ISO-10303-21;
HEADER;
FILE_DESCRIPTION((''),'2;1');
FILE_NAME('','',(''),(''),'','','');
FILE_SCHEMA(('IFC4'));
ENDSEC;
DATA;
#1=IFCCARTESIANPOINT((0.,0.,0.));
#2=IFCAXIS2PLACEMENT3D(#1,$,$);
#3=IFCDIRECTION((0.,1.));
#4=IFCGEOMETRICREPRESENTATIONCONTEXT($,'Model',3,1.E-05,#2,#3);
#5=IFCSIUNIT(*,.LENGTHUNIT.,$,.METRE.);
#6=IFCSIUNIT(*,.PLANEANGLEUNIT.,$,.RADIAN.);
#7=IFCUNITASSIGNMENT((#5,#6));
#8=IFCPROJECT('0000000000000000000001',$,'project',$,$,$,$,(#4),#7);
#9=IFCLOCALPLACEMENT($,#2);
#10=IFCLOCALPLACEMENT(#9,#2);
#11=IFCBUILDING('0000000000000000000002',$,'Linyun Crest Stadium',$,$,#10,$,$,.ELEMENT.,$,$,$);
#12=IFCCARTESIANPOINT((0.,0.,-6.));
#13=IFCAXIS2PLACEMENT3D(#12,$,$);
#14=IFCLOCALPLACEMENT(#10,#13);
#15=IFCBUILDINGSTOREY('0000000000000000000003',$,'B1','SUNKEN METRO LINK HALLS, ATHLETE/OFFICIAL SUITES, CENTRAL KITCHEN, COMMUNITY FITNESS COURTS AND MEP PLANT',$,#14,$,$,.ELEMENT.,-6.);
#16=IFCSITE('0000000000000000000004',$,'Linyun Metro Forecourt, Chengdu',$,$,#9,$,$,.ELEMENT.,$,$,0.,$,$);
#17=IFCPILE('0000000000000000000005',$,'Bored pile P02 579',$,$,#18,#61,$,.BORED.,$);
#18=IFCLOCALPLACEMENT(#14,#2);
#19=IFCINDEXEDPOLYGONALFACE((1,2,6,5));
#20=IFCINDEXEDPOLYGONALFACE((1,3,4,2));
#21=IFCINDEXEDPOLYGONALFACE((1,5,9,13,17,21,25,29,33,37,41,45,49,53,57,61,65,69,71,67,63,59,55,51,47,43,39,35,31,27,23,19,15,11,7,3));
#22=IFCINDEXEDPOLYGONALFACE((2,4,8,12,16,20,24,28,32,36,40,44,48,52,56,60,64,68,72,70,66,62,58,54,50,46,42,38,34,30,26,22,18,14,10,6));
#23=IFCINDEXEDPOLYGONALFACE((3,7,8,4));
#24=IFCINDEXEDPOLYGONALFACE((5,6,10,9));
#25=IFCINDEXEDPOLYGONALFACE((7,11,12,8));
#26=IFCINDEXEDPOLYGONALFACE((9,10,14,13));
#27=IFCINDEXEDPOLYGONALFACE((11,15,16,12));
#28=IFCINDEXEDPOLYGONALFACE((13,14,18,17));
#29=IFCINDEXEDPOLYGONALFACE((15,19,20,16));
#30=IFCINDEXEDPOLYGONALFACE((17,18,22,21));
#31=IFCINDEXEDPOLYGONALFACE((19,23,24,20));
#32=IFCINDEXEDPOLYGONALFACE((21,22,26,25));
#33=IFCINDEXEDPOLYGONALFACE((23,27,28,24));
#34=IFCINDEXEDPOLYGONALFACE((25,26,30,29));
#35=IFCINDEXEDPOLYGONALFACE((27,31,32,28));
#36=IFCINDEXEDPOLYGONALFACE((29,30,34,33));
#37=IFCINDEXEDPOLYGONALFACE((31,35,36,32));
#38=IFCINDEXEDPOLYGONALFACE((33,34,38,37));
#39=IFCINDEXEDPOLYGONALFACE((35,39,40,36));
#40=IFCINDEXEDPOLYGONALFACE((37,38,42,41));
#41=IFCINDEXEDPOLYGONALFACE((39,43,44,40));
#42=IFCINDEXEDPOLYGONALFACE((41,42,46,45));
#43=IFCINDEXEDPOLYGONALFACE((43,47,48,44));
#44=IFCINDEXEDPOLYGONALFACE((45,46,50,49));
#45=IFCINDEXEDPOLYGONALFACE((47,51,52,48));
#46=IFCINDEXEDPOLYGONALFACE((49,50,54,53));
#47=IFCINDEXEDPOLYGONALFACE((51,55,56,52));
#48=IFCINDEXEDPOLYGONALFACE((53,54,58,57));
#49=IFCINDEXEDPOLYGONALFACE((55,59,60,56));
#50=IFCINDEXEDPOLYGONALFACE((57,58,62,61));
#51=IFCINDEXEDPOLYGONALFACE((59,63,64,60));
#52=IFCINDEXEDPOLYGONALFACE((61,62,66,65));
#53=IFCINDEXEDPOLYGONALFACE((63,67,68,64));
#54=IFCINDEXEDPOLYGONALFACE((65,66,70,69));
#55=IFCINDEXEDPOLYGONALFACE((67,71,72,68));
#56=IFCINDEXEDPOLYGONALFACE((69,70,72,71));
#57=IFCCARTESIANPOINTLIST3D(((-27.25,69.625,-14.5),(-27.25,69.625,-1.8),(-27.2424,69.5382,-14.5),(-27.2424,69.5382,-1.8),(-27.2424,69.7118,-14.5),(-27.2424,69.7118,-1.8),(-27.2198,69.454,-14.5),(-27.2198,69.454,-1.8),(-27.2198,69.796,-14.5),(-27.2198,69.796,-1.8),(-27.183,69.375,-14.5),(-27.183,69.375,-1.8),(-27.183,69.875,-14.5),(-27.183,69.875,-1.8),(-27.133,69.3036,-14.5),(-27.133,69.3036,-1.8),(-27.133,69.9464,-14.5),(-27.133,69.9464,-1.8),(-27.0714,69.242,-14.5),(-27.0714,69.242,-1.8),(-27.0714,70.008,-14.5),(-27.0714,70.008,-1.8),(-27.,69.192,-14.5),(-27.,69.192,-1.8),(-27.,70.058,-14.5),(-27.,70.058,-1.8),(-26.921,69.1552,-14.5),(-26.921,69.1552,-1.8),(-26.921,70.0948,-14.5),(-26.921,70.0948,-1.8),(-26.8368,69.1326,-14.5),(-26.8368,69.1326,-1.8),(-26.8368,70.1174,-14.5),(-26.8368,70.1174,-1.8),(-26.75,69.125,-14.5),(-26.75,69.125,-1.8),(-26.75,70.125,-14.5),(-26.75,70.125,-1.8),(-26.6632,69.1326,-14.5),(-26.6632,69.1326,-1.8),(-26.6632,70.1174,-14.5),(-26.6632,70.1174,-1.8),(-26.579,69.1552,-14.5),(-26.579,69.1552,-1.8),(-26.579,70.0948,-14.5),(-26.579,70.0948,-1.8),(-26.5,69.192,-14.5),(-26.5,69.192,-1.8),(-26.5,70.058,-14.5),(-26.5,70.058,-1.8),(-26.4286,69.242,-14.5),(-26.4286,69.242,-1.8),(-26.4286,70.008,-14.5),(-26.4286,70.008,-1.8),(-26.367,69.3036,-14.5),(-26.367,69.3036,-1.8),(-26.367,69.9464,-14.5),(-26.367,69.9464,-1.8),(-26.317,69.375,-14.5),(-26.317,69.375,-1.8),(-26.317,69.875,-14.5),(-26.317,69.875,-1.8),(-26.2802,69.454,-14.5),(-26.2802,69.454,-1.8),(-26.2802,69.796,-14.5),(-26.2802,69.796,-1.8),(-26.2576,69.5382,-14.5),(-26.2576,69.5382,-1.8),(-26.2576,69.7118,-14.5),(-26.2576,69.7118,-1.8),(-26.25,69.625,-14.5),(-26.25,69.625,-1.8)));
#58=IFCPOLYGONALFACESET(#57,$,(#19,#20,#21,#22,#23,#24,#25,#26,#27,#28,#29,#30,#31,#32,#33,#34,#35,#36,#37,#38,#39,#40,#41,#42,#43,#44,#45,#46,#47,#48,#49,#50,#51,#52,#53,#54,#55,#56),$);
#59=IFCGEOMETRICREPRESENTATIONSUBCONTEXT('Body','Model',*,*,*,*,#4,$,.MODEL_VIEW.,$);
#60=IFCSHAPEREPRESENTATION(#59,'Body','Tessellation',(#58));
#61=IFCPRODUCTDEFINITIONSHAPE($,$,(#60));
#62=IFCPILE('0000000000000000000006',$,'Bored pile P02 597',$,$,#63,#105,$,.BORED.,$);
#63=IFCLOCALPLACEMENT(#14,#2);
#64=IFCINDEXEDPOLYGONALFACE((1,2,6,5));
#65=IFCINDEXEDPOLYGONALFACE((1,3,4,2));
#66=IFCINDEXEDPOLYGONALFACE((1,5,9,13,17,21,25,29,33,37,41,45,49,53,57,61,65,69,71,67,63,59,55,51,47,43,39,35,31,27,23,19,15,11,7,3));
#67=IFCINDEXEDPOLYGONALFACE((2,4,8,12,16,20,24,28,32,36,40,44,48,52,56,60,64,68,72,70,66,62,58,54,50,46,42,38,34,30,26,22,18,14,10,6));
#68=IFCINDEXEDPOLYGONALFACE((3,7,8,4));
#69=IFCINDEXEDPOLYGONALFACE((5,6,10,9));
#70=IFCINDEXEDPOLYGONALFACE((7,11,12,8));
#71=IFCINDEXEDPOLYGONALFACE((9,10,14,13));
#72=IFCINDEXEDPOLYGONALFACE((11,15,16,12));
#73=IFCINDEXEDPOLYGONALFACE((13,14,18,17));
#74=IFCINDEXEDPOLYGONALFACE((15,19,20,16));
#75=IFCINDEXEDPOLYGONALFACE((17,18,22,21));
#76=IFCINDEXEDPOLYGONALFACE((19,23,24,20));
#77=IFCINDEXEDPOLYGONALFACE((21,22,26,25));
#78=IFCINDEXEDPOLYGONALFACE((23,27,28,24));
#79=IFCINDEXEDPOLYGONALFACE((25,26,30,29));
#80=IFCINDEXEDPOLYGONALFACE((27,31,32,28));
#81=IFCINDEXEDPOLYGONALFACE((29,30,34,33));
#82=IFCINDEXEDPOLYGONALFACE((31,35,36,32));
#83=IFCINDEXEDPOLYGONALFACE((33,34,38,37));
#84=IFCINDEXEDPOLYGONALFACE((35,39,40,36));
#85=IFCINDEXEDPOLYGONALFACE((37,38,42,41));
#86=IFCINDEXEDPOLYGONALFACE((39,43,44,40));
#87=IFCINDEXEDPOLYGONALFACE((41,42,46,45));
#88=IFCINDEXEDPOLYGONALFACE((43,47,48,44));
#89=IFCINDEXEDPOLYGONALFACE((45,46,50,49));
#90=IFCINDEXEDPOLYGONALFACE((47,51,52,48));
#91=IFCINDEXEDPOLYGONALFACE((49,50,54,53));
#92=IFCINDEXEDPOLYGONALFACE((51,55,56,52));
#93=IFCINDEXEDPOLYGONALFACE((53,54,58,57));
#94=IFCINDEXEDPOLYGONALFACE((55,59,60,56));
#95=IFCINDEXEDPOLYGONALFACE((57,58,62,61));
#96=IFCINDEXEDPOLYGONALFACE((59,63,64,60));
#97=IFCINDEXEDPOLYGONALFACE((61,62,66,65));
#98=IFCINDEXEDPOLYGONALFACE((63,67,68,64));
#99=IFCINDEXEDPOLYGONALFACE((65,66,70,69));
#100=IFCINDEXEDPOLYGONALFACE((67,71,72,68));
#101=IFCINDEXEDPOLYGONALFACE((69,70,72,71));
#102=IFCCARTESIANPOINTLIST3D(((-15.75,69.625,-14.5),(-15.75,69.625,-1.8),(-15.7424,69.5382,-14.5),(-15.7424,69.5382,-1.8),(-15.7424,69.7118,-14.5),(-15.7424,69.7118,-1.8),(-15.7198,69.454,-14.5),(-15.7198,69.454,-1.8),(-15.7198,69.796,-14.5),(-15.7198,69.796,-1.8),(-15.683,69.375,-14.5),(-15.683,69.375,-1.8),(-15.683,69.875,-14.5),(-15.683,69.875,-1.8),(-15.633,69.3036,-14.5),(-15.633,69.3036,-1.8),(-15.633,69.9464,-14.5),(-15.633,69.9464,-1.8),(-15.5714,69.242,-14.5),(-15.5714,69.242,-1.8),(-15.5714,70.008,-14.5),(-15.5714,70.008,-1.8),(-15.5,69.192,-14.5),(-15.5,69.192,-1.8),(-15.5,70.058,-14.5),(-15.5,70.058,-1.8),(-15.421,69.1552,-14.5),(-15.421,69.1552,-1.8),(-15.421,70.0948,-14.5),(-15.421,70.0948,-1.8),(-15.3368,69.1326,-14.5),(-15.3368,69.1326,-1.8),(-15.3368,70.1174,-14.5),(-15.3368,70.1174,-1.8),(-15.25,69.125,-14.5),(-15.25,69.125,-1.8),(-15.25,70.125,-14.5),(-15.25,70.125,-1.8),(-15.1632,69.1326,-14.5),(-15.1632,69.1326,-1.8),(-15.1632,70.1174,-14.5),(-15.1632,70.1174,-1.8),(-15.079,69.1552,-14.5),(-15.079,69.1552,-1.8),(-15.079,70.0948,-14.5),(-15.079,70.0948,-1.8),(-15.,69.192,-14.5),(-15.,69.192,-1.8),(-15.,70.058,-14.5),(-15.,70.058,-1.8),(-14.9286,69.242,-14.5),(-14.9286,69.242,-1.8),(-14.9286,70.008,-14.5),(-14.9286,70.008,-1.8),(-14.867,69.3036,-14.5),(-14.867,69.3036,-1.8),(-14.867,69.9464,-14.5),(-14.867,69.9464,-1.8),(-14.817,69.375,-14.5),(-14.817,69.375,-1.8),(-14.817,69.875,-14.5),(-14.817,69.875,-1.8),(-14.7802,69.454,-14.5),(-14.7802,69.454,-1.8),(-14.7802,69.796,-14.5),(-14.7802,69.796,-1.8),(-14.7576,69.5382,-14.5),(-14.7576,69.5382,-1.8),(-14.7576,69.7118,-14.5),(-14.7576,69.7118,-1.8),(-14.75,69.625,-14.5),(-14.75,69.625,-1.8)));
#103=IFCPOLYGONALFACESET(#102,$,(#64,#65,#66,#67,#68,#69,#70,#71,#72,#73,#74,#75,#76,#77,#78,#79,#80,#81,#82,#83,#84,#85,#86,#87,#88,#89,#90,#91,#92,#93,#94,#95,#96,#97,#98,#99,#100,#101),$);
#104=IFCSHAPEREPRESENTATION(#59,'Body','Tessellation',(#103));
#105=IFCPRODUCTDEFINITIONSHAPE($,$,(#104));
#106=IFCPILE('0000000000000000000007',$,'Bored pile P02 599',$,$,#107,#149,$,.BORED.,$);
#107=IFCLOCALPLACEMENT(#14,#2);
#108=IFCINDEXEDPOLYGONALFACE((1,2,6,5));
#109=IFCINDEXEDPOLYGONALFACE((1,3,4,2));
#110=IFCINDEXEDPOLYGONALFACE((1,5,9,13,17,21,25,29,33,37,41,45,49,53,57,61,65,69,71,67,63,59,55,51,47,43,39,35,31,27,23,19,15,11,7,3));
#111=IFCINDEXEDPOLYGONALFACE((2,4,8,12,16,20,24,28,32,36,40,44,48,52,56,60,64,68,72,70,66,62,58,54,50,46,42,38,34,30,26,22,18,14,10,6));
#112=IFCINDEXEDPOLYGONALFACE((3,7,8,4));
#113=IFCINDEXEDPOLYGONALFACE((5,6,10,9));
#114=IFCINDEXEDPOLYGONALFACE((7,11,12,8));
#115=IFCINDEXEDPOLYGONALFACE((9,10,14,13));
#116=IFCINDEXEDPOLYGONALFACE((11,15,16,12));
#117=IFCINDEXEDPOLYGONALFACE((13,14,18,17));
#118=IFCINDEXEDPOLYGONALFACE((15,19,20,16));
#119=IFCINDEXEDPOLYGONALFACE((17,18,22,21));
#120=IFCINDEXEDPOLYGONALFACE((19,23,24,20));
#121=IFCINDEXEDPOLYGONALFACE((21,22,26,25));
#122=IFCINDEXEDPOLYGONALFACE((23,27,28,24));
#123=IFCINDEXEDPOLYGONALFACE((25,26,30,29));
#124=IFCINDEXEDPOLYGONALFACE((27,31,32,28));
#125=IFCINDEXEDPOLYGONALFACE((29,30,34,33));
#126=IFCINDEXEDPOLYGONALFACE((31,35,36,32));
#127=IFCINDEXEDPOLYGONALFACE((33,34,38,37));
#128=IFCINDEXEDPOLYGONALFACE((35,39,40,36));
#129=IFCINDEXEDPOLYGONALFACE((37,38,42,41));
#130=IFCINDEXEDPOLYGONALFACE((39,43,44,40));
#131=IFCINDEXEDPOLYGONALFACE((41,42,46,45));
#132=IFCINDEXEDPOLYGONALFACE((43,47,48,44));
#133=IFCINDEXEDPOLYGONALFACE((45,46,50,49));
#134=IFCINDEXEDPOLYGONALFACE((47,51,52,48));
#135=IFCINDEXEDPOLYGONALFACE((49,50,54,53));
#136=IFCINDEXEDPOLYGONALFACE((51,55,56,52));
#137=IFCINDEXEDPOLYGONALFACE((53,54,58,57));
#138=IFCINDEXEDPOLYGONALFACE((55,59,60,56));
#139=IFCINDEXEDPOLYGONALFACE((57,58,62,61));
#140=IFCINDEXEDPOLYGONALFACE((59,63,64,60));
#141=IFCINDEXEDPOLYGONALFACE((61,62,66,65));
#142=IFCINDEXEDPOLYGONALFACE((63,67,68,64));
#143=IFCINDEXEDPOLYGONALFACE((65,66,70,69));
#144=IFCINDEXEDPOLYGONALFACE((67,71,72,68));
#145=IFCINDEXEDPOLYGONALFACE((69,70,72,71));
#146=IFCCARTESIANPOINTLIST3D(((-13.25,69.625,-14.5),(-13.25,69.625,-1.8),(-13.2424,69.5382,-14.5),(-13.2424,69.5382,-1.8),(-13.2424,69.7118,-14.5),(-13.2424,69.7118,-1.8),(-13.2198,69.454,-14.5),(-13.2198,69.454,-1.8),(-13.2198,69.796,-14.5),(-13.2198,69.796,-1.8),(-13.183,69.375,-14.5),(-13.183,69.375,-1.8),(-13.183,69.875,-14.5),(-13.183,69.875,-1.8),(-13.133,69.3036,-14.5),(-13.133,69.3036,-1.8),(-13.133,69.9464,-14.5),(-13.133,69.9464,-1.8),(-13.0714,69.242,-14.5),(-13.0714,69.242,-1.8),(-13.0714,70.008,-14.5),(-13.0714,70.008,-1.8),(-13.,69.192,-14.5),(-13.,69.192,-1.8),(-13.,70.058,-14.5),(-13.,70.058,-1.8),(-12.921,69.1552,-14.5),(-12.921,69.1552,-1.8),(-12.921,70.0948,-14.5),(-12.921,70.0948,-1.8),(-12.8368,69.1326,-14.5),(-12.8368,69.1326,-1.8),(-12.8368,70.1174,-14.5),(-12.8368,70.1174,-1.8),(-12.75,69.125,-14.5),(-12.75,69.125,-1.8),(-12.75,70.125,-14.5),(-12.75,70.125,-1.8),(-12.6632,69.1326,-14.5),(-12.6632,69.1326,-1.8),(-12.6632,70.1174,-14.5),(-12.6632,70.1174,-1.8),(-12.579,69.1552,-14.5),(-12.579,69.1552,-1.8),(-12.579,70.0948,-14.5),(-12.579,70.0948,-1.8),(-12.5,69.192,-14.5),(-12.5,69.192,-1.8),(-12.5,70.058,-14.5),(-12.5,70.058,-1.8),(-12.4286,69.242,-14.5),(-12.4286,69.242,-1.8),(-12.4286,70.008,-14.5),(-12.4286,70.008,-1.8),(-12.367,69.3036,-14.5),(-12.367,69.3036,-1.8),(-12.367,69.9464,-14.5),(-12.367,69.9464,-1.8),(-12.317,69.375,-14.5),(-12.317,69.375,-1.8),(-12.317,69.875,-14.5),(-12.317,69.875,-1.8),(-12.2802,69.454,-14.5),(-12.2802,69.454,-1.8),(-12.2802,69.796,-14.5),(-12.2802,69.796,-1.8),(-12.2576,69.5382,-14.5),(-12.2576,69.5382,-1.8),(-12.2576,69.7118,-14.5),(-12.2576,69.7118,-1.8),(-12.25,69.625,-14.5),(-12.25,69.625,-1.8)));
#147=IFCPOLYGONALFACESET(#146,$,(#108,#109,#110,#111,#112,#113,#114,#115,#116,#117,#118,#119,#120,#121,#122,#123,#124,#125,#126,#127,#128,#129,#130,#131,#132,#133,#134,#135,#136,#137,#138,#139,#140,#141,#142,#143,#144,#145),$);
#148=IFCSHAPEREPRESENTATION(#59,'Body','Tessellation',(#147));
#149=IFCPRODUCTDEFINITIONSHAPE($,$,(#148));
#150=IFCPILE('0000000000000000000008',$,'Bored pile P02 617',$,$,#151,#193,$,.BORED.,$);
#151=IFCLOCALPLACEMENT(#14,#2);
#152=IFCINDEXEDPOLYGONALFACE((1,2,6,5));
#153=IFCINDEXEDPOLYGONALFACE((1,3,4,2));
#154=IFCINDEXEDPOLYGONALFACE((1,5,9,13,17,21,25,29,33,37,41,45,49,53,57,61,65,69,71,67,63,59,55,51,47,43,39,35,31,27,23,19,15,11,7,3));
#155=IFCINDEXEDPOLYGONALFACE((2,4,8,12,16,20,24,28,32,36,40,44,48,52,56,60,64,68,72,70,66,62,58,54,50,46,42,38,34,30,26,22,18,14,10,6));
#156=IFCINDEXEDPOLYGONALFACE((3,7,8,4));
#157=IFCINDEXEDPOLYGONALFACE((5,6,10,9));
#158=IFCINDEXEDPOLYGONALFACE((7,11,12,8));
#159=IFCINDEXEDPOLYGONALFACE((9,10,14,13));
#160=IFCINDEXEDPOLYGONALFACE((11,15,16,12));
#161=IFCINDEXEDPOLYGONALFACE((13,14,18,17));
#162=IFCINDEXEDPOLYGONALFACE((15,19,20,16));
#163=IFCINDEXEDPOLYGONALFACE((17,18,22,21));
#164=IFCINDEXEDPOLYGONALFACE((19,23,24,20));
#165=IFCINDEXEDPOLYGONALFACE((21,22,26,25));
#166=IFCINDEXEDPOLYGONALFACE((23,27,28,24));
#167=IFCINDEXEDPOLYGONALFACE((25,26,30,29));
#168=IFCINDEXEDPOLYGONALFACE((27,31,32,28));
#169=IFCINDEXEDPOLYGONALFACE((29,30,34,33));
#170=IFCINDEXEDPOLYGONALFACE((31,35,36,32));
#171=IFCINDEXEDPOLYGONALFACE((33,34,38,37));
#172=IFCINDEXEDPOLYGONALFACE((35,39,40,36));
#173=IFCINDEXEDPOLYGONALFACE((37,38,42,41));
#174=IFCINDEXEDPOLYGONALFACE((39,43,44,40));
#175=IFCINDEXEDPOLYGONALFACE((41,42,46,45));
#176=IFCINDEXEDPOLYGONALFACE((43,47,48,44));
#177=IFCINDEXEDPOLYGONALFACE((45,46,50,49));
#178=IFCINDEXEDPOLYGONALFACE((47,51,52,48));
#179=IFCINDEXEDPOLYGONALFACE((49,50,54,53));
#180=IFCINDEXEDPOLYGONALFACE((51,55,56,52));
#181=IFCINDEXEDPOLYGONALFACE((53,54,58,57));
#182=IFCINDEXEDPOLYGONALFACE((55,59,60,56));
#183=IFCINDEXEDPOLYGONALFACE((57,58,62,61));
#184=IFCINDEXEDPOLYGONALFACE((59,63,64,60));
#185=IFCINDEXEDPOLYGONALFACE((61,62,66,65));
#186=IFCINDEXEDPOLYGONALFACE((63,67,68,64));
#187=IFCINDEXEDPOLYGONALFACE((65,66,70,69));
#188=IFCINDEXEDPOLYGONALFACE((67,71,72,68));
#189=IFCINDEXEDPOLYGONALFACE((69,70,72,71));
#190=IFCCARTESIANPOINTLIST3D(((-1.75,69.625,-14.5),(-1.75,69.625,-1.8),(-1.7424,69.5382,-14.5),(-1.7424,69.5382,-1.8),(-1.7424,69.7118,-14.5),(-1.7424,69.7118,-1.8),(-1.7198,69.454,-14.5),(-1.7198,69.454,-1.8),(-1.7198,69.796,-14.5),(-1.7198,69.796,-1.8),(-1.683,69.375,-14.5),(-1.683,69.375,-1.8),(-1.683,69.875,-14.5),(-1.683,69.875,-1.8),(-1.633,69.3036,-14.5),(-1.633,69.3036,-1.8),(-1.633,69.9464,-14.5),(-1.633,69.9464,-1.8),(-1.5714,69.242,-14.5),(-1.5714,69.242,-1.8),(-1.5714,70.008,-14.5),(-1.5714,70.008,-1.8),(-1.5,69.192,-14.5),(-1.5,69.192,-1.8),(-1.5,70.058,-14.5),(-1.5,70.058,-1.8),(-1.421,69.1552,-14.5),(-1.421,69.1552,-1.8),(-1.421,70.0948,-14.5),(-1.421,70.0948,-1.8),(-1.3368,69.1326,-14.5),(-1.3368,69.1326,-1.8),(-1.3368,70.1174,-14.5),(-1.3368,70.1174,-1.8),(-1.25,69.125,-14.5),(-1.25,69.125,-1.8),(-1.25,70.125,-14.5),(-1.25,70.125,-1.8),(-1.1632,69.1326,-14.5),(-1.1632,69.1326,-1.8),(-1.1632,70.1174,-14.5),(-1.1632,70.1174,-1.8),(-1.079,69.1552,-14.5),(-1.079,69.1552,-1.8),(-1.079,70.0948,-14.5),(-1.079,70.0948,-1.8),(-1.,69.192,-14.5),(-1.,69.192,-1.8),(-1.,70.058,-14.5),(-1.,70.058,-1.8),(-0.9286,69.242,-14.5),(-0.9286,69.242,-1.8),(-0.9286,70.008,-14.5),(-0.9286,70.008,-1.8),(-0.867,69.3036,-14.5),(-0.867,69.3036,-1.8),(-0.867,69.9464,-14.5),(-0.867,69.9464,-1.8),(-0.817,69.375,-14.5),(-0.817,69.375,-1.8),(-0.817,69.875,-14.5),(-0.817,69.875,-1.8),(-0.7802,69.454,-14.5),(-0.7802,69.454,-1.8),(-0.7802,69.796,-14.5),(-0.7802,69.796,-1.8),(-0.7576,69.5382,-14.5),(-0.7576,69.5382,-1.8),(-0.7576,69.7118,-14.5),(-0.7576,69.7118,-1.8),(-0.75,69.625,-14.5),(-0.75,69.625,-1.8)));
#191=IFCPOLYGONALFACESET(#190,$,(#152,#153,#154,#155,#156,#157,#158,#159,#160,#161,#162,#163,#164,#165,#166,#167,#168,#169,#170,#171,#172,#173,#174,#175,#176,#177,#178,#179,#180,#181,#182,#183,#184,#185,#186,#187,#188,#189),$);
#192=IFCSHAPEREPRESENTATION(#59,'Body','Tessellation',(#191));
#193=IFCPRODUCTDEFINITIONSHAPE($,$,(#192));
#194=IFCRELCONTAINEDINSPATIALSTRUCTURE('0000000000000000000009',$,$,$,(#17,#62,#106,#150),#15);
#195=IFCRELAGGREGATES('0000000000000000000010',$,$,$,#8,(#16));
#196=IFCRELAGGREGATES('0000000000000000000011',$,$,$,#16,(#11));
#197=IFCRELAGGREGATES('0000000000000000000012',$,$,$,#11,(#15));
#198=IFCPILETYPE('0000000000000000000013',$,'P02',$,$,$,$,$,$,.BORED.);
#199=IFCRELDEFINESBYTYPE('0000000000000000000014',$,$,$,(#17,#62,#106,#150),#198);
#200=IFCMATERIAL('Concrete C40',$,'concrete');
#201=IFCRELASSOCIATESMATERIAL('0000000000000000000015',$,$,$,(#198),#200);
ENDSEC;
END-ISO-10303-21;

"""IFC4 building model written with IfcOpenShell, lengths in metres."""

from ifc_helpers import new_model, si_unit, direction, frame, origin, origin_2d, place, context, subcontext, project, spatial, circle, extrude, material, material_profile, profile_set, type_object, element, save


model = new_model("IFC4")

# Units and contexts
model_context = context("Model", 3, precision=1e-05, world=origin(), true_north=direction((0.0, 1.0)))
body_context = subcontext(model_context, "Body", "Model", "MODEL_VIEW")
ifc_project = project(units=[si_unit("LENGTHUNIT", "METRE"), si_unit("PLANEANGLEUNIT", "RADIAN")], contexts=[model_context])

# Site, building, storey
site_placement = place(None, origin())
site = spatial("IfcSite", under=ifc_project, at=site_placement, Name="Linyun Metro Forecourt, Chengdu", CompositionType="ELEMENT", RefElevation=0.0)
building_placement = place(site_placement, origin())
building = spatial("IfcBuilding", under=site, at=building_placement, Name="Linyun Crest Stadium", CompositionType="ELEMENT")
storey_placement = place(building_placement, frame((0.0, 0.0, -6.0)))
storey = spatial("IfcBuildingStorey", under=building, at=storey_placement, Name="B1", Description="SUNKEN METRO LINK HALLS, ATHLETE/OFFICIAL SUITES, CENTRAL KITCHEN, COMMUNITY FITNESS COURTS AND MEP PLANT", CompositionType="ELEMENT", Elevation=-6.0)

# Piles
ifc_material_1 = material(Name="Concrete C40", Category="concrete")
ifc_material_profile_1 = material_profile(ifc_material_1, circle(Radius=0.5, at=origin_2d()), Name="BORED PILE 1000")
ifc_profile_set_1 = profile_set([ifc_material_profile_1], Name="Concrete C40")
pile_type = type_object("IfcPileType", Name="P02", PredefinedType="BORED", material=ifc_profile_set_1)
for number, where, z_axis, x_axis, name in (
    (1, (-26.75, 69.625, -1.8), (0.0, 0.0, -1.0), (1.0, 0.0, 0.0), "Bored pile P02 579"),
    (2, (-15.25, 69.625, -1.8), (0.0, 0.0, -1.0), (1.0, 0.0, 0.0), "Bored pile P02 597"),
    (3, (-12.75, 69.625, -1.8), (0.0, 0.0, -1.0), (1.0, 0.0, 0.0), "Bored pile P02 599"),
    (4, (-1.25, 69.625, -1.8), (0.0, 0.0, -1.0), (1.0, 0.0, 0.0), "Bored pile P02 617"),
):
    element("IfcPile", number, at=place(storey_placement, frame(where, z_axis=z_axis, x_axis=x_axis)), inside=storey, type_object=pile_type, Name=name, PredefinedType="BORED", context=body_context, shape_type="SweptSolid", body=[
        extrude(circle(Radius=0.5, at=origin_2d()), origin(), (0.0, 0.0, 1.0), 12.7),
    ])

save(model, "model.ifc")
